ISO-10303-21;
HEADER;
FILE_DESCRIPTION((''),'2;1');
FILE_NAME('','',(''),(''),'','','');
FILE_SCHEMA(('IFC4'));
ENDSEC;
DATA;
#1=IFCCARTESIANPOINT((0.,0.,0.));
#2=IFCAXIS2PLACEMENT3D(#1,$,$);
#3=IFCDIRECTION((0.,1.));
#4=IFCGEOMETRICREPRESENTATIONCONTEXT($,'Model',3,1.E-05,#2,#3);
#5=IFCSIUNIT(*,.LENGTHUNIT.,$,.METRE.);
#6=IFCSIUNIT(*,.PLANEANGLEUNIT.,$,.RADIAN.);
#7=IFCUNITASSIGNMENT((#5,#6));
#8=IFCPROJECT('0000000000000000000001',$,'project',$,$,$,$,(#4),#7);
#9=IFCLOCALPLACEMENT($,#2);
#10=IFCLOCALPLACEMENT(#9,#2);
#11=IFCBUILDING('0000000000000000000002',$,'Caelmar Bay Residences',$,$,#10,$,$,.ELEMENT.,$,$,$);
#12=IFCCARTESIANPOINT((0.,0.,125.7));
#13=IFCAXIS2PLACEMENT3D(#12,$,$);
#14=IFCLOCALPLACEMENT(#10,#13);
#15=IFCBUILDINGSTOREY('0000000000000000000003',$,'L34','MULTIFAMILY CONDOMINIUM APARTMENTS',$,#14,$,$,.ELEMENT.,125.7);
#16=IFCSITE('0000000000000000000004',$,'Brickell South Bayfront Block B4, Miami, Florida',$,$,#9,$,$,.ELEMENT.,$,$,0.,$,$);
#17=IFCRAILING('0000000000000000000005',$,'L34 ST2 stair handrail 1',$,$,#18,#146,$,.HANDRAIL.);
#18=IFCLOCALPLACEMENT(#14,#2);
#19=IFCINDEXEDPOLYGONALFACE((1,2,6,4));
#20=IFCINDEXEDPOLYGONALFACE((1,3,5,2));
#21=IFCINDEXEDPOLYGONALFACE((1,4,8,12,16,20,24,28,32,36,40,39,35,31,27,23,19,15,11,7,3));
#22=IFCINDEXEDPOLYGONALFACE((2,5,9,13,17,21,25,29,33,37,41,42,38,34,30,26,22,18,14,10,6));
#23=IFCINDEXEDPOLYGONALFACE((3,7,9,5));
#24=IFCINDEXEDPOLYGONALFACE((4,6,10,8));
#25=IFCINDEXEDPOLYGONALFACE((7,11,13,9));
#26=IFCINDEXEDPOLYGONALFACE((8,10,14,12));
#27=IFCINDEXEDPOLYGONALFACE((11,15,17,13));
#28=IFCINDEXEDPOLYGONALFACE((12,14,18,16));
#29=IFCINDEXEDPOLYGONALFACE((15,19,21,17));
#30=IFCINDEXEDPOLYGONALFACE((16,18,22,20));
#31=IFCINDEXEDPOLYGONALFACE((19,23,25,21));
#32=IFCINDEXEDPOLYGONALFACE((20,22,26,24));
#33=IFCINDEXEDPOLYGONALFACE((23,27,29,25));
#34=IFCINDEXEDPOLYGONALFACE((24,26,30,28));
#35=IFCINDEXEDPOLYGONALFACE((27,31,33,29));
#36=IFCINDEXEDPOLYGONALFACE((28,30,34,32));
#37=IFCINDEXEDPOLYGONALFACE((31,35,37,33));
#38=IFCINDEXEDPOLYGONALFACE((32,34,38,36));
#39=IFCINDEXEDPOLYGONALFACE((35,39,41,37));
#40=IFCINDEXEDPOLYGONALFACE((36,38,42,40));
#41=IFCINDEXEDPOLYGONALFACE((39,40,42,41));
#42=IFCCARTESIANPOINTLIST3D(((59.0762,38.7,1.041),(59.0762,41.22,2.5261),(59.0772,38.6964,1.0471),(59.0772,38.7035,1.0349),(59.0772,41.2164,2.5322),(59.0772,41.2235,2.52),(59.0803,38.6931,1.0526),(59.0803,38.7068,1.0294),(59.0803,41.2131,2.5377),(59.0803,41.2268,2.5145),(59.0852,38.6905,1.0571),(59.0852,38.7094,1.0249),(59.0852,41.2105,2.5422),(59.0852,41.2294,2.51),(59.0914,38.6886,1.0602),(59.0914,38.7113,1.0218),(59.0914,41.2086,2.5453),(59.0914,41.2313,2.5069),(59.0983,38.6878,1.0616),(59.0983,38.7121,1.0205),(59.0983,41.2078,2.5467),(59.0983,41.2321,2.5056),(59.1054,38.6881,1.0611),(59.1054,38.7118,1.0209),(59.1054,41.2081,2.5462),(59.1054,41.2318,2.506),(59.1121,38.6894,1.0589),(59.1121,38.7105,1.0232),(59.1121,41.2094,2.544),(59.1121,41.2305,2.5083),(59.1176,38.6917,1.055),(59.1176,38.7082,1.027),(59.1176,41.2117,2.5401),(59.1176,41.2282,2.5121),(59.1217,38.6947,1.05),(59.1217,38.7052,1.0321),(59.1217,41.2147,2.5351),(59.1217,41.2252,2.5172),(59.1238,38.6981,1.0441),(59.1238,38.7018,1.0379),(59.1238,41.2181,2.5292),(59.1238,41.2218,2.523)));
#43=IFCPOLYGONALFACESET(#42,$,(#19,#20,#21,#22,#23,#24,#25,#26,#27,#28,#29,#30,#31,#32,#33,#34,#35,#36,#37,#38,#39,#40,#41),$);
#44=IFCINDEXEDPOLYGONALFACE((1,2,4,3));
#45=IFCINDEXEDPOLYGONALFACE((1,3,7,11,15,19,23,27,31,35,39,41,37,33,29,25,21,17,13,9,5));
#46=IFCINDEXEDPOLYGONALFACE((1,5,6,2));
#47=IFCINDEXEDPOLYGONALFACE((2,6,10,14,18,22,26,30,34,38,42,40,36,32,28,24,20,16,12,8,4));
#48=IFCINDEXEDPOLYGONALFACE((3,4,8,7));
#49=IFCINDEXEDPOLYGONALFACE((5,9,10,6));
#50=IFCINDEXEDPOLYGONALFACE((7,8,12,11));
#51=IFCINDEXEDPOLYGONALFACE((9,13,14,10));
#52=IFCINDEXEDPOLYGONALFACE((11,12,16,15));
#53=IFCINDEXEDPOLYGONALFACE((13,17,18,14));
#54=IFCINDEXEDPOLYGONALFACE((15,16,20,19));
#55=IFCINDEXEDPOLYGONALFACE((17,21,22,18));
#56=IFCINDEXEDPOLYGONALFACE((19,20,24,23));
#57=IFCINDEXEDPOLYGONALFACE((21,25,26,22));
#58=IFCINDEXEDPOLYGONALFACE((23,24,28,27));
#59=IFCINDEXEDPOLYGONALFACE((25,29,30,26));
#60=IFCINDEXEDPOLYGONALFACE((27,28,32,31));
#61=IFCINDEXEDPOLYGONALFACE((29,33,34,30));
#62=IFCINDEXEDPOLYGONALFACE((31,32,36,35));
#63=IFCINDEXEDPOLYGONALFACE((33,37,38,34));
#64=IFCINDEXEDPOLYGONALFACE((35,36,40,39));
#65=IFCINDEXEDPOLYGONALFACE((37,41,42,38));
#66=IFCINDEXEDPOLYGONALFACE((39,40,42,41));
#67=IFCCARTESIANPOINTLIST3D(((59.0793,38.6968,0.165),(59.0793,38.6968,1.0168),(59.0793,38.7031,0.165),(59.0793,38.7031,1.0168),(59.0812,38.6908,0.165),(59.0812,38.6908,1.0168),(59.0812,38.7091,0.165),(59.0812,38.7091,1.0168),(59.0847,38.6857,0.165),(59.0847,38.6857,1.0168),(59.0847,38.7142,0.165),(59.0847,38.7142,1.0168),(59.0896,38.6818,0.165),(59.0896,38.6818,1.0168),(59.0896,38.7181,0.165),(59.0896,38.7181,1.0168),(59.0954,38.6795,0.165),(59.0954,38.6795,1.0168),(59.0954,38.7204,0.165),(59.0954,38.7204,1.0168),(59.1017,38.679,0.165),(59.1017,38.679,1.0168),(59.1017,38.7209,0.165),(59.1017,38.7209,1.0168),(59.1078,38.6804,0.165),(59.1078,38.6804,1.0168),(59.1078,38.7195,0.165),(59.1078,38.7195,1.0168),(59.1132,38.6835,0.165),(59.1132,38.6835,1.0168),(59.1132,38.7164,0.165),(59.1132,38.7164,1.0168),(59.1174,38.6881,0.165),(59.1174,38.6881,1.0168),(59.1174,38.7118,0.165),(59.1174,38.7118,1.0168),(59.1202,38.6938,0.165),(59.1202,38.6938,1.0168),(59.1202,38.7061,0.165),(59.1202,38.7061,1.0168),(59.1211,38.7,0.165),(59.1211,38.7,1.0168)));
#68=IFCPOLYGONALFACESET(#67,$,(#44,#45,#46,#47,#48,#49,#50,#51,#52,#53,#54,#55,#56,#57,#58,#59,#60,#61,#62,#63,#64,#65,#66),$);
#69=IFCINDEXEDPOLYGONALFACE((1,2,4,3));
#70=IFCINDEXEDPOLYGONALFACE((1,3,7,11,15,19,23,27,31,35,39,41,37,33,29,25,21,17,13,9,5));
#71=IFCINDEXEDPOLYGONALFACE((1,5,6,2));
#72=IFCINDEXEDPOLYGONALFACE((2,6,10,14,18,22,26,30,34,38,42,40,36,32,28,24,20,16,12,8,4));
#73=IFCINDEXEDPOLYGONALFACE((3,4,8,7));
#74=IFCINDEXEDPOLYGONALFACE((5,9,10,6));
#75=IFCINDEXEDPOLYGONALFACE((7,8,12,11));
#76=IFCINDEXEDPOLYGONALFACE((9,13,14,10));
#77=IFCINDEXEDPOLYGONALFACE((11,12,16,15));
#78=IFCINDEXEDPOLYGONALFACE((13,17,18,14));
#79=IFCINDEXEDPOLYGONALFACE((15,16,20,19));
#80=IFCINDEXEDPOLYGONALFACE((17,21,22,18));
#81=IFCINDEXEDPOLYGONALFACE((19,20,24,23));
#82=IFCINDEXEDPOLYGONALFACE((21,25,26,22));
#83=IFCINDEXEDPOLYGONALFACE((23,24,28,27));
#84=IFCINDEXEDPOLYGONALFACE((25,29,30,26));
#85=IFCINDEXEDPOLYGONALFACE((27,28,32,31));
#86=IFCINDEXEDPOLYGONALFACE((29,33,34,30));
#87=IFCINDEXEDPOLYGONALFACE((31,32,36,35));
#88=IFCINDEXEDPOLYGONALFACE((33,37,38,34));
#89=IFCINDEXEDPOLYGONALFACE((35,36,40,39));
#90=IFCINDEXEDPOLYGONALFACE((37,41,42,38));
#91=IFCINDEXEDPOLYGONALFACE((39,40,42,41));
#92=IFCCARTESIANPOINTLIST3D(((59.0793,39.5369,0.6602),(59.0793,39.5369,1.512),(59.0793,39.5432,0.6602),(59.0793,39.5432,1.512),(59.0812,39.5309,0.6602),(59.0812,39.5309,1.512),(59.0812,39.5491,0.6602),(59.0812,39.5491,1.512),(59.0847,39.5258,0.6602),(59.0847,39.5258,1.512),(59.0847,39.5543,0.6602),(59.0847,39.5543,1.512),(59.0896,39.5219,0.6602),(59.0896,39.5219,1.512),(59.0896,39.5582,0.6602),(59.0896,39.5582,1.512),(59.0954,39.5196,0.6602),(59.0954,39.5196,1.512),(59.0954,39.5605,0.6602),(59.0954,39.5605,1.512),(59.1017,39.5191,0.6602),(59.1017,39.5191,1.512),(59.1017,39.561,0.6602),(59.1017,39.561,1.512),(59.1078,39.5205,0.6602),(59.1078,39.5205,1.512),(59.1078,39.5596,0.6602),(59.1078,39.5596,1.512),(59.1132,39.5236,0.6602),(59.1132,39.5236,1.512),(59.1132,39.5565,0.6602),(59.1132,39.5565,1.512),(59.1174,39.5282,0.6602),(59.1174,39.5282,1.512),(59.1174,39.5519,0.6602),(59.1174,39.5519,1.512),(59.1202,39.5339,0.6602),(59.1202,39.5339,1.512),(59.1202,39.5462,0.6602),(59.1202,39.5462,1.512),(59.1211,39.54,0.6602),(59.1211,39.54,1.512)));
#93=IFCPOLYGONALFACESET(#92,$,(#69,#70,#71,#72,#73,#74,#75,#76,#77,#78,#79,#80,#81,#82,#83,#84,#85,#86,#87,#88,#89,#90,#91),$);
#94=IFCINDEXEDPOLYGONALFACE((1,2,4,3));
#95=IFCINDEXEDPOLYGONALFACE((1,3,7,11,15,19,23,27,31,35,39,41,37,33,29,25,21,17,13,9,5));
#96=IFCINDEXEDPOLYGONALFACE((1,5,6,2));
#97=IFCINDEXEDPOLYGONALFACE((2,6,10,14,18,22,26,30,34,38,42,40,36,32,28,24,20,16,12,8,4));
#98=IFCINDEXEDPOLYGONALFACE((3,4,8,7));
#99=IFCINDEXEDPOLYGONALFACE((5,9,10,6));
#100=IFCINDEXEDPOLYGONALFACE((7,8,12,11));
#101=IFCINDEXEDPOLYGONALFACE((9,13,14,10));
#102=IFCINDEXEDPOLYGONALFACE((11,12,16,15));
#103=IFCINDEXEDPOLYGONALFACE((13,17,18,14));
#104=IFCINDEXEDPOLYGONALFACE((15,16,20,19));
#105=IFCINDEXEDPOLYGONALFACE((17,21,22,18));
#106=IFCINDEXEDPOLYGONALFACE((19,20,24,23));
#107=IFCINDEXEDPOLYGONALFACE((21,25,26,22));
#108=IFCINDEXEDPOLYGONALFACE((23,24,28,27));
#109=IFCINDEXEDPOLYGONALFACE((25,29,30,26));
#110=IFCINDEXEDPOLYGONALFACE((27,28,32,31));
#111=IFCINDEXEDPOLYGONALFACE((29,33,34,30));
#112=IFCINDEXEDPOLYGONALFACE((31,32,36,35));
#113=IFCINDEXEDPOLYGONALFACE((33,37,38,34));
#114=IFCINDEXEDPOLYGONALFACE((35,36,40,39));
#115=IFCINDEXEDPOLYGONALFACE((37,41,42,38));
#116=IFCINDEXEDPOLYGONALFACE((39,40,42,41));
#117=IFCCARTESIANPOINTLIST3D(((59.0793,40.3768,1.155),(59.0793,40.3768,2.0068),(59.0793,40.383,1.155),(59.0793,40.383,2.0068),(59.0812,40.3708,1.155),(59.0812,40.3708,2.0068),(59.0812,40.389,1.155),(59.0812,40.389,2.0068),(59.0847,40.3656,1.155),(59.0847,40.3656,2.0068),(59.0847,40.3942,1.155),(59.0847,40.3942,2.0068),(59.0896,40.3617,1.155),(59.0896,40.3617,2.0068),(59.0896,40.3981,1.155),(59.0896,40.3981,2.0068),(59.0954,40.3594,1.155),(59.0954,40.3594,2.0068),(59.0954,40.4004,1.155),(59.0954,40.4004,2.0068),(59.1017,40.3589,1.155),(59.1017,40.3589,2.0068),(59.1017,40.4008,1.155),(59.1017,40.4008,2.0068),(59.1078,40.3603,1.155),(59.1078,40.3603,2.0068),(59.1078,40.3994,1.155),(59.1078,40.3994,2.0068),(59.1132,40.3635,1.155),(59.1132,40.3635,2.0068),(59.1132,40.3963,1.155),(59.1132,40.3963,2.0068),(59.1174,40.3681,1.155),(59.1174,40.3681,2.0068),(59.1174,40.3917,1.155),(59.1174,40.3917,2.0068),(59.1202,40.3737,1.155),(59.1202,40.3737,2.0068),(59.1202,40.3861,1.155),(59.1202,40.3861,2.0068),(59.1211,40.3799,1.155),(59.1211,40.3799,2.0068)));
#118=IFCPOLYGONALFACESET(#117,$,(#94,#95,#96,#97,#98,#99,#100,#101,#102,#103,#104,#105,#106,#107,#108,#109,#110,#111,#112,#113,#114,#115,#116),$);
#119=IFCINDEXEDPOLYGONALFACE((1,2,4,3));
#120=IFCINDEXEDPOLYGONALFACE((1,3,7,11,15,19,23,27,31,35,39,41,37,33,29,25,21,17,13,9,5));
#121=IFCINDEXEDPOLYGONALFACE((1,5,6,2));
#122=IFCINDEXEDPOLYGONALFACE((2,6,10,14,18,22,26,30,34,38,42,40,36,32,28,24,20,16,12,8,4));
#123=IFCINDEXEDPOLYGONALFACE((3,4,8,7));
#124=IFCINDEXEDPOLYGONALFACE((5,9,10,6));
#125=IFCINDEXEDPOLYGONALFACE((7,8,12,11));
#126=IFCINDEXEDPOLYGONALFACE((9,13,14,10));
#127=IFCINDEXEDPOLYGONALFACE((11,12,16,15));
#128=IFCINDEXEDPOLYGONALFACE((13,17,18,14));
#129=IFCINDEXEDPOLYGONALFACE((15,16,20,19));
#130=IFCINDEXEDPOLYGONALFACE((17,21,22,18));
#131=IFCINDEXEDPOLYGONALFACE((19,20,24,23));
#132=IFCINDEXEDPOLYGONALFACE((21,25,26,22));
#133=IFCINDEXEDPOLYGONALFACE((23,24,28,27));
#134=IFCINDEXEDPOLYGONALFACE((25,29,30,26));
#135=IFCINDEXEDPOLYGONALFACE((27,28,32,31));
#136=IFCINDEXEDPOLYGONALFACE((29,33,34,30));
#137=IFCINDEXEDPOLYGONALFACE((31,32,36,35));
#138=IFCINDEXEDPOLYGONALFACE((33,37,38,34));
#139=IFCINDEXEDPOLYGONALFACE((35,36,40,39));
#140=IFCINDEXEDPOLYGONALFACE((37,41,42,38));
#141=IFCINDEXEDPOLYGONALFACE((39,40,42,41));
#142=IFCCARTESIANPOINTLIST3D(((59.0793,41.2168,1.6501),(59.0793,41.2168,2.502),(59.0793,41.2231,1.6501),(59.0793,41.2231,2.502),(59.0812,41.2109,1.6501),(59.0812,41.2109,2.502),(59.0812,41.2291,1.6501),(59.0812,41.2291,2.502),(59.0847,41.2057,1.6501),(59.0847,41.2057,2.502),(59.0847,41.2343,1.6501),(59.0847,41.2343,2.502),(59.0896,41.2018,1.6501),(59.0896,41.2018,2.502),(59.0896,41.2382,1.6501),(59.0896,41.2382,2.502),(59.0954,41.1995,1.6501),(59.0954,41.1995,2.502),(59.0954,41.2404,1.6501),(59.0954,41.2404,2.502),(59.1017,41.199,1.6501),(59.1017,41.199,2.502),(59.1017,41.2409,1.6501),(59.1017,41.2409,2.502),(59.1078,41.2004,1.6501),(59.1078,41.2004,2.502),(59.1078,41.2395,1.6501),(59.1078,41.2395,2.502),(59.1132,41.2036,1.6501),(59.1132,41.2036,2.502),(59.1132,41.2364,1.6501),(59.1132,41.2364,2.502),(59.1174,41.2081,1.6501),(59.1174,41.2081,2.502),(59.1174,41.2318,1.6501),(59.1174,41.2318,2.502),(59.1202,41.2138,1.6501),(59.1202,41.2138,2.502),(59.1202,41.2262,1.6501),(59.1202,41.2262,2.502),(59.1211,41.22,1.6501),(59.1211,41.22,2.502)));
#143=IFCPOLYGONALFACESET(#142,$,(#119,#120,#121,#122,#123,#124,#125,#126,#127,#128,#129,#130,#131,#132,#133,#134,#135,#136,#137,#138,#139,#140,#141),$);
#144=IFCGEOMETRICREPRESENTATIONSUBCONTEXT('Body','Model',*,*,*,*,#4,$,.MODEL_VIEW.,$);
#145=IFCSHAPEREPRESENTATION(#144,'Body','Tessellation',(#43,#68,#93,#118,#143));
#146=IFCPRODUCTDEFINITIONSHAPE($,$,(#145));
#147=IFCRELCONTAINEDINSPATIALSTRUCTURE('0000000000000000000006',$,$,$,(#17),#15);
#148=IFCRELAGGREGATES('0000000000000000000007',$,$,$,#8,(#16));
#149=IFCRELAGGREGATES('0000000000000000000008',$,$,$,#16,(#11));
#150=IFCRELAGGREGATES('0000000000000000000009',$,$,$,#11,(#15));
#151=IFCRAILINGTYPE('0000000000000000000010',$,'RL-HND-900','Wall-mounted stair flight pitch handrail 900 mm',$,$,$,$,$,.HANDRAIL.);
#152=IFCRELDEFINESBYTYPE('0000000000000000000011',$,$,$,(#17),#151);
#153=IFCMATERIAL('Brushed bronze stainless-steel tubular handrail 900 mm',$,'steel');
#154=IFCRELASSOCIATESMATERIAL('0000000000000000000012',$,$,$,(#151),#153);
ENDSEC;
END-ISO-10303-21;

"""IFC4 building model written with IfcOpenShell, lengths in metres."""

from ifc_helpers import new_model, si_unit, direction, frame, origin, origin_2d, place, context, subcontext, project, spatial, circle, extrude, material, type_object, element, save


model = new_model("IFC4")

# Units and contexts
model_context = context("Model", 3, precision=1e-05, world=origin(), true_north=direction((0.0, 1.0)))
body_context = subcontext(model_context, "Body", "Model", "MODEL_VIEW")
ifc_project = project(units=[si_unit("LENGTHUNIT", "METRE"), si_unit("PLANEANGLEUNIT", "RADIAN")], contexts=[model_context])

# Site, building, storey
site_placement = place(None, origin())
site = spatial("IfcSite", under=ifc_project, at=site_placement, Name="Brickell South Bayfront Block B4, Miami, Florida", CompositionType="ELEMENT", RefElevation=0.0)
building_placement = place(site_placement, origin())
building = spatial("IfcBuilding", under=site, at=building_placement, Name="Caelmar Bay Residences", CompositionType="ELEMENT")
storey_placement = place(building_placement, frame((0.0, 0.0, 125.7)))
storey = spatial("IfcBuildingStorey", under=building, at=storey_placement, Name="L34", Description="MULTIFAMILY CONDOMINIUM APARTMENTS", CompositionType="ELEMENT", Elevation=125.7)

# Railing
ifc_material_1 = material(Name="Brushed bronze stainless-steel tubular handrail 900 mm", Category="steel")
railing_type_1 = type_object("IfcRailingType", Name="RL-HND-900", Description="Wall-mounted stair flight pitch handrail 900 mm", PredefinedType="HANDRAIL", material=ifc_material_1)
railing_1_placement = place(storey_placement, frame((59.1001, 38.7, 0.165)))
element("IfcRailing", 1, at=railing_1_placement, inside=storey, type_object=railing_type_1, Name="L34 ST2 stair handrail 1", PredefinedType="HANDRAIL", context=body_context, shape_type="SweptSolid", body=[
    extrude(circle(Radius=0.0239, at=origin_2d()), frame((0.0, 0.0, 0.876), z_axis=(0.0, 0.861524, 0.507717), x_axis=(-1.0, 0.0, 0.0)), (0.0, 0.0, 1.0), 2.925),
    extrude(circle(Radius=0.021, at=origin_2d()), origin(), (0.0, 0.0, 1.0), 0.8518),
    extrude(circle(Radius=0.021, at=origin_2d()), frame((0.0, 0.8401, 0.4951)), (0.0, 0.0, 1.0), 0.8518),
    extrude(circle(Radius=0.021, at=origin_2d()), frame((0.0, 1.6799, 0.99)), (0.0, 0.0, 1.0), 0.8518),
    extrude(circle(Radius=0.021, at=origin_2d()), frame((0.0, 2.52, 1.4851)), (0.0, 0.0, 1.0), 0.8518),
])

save(model, "model.ifc")
